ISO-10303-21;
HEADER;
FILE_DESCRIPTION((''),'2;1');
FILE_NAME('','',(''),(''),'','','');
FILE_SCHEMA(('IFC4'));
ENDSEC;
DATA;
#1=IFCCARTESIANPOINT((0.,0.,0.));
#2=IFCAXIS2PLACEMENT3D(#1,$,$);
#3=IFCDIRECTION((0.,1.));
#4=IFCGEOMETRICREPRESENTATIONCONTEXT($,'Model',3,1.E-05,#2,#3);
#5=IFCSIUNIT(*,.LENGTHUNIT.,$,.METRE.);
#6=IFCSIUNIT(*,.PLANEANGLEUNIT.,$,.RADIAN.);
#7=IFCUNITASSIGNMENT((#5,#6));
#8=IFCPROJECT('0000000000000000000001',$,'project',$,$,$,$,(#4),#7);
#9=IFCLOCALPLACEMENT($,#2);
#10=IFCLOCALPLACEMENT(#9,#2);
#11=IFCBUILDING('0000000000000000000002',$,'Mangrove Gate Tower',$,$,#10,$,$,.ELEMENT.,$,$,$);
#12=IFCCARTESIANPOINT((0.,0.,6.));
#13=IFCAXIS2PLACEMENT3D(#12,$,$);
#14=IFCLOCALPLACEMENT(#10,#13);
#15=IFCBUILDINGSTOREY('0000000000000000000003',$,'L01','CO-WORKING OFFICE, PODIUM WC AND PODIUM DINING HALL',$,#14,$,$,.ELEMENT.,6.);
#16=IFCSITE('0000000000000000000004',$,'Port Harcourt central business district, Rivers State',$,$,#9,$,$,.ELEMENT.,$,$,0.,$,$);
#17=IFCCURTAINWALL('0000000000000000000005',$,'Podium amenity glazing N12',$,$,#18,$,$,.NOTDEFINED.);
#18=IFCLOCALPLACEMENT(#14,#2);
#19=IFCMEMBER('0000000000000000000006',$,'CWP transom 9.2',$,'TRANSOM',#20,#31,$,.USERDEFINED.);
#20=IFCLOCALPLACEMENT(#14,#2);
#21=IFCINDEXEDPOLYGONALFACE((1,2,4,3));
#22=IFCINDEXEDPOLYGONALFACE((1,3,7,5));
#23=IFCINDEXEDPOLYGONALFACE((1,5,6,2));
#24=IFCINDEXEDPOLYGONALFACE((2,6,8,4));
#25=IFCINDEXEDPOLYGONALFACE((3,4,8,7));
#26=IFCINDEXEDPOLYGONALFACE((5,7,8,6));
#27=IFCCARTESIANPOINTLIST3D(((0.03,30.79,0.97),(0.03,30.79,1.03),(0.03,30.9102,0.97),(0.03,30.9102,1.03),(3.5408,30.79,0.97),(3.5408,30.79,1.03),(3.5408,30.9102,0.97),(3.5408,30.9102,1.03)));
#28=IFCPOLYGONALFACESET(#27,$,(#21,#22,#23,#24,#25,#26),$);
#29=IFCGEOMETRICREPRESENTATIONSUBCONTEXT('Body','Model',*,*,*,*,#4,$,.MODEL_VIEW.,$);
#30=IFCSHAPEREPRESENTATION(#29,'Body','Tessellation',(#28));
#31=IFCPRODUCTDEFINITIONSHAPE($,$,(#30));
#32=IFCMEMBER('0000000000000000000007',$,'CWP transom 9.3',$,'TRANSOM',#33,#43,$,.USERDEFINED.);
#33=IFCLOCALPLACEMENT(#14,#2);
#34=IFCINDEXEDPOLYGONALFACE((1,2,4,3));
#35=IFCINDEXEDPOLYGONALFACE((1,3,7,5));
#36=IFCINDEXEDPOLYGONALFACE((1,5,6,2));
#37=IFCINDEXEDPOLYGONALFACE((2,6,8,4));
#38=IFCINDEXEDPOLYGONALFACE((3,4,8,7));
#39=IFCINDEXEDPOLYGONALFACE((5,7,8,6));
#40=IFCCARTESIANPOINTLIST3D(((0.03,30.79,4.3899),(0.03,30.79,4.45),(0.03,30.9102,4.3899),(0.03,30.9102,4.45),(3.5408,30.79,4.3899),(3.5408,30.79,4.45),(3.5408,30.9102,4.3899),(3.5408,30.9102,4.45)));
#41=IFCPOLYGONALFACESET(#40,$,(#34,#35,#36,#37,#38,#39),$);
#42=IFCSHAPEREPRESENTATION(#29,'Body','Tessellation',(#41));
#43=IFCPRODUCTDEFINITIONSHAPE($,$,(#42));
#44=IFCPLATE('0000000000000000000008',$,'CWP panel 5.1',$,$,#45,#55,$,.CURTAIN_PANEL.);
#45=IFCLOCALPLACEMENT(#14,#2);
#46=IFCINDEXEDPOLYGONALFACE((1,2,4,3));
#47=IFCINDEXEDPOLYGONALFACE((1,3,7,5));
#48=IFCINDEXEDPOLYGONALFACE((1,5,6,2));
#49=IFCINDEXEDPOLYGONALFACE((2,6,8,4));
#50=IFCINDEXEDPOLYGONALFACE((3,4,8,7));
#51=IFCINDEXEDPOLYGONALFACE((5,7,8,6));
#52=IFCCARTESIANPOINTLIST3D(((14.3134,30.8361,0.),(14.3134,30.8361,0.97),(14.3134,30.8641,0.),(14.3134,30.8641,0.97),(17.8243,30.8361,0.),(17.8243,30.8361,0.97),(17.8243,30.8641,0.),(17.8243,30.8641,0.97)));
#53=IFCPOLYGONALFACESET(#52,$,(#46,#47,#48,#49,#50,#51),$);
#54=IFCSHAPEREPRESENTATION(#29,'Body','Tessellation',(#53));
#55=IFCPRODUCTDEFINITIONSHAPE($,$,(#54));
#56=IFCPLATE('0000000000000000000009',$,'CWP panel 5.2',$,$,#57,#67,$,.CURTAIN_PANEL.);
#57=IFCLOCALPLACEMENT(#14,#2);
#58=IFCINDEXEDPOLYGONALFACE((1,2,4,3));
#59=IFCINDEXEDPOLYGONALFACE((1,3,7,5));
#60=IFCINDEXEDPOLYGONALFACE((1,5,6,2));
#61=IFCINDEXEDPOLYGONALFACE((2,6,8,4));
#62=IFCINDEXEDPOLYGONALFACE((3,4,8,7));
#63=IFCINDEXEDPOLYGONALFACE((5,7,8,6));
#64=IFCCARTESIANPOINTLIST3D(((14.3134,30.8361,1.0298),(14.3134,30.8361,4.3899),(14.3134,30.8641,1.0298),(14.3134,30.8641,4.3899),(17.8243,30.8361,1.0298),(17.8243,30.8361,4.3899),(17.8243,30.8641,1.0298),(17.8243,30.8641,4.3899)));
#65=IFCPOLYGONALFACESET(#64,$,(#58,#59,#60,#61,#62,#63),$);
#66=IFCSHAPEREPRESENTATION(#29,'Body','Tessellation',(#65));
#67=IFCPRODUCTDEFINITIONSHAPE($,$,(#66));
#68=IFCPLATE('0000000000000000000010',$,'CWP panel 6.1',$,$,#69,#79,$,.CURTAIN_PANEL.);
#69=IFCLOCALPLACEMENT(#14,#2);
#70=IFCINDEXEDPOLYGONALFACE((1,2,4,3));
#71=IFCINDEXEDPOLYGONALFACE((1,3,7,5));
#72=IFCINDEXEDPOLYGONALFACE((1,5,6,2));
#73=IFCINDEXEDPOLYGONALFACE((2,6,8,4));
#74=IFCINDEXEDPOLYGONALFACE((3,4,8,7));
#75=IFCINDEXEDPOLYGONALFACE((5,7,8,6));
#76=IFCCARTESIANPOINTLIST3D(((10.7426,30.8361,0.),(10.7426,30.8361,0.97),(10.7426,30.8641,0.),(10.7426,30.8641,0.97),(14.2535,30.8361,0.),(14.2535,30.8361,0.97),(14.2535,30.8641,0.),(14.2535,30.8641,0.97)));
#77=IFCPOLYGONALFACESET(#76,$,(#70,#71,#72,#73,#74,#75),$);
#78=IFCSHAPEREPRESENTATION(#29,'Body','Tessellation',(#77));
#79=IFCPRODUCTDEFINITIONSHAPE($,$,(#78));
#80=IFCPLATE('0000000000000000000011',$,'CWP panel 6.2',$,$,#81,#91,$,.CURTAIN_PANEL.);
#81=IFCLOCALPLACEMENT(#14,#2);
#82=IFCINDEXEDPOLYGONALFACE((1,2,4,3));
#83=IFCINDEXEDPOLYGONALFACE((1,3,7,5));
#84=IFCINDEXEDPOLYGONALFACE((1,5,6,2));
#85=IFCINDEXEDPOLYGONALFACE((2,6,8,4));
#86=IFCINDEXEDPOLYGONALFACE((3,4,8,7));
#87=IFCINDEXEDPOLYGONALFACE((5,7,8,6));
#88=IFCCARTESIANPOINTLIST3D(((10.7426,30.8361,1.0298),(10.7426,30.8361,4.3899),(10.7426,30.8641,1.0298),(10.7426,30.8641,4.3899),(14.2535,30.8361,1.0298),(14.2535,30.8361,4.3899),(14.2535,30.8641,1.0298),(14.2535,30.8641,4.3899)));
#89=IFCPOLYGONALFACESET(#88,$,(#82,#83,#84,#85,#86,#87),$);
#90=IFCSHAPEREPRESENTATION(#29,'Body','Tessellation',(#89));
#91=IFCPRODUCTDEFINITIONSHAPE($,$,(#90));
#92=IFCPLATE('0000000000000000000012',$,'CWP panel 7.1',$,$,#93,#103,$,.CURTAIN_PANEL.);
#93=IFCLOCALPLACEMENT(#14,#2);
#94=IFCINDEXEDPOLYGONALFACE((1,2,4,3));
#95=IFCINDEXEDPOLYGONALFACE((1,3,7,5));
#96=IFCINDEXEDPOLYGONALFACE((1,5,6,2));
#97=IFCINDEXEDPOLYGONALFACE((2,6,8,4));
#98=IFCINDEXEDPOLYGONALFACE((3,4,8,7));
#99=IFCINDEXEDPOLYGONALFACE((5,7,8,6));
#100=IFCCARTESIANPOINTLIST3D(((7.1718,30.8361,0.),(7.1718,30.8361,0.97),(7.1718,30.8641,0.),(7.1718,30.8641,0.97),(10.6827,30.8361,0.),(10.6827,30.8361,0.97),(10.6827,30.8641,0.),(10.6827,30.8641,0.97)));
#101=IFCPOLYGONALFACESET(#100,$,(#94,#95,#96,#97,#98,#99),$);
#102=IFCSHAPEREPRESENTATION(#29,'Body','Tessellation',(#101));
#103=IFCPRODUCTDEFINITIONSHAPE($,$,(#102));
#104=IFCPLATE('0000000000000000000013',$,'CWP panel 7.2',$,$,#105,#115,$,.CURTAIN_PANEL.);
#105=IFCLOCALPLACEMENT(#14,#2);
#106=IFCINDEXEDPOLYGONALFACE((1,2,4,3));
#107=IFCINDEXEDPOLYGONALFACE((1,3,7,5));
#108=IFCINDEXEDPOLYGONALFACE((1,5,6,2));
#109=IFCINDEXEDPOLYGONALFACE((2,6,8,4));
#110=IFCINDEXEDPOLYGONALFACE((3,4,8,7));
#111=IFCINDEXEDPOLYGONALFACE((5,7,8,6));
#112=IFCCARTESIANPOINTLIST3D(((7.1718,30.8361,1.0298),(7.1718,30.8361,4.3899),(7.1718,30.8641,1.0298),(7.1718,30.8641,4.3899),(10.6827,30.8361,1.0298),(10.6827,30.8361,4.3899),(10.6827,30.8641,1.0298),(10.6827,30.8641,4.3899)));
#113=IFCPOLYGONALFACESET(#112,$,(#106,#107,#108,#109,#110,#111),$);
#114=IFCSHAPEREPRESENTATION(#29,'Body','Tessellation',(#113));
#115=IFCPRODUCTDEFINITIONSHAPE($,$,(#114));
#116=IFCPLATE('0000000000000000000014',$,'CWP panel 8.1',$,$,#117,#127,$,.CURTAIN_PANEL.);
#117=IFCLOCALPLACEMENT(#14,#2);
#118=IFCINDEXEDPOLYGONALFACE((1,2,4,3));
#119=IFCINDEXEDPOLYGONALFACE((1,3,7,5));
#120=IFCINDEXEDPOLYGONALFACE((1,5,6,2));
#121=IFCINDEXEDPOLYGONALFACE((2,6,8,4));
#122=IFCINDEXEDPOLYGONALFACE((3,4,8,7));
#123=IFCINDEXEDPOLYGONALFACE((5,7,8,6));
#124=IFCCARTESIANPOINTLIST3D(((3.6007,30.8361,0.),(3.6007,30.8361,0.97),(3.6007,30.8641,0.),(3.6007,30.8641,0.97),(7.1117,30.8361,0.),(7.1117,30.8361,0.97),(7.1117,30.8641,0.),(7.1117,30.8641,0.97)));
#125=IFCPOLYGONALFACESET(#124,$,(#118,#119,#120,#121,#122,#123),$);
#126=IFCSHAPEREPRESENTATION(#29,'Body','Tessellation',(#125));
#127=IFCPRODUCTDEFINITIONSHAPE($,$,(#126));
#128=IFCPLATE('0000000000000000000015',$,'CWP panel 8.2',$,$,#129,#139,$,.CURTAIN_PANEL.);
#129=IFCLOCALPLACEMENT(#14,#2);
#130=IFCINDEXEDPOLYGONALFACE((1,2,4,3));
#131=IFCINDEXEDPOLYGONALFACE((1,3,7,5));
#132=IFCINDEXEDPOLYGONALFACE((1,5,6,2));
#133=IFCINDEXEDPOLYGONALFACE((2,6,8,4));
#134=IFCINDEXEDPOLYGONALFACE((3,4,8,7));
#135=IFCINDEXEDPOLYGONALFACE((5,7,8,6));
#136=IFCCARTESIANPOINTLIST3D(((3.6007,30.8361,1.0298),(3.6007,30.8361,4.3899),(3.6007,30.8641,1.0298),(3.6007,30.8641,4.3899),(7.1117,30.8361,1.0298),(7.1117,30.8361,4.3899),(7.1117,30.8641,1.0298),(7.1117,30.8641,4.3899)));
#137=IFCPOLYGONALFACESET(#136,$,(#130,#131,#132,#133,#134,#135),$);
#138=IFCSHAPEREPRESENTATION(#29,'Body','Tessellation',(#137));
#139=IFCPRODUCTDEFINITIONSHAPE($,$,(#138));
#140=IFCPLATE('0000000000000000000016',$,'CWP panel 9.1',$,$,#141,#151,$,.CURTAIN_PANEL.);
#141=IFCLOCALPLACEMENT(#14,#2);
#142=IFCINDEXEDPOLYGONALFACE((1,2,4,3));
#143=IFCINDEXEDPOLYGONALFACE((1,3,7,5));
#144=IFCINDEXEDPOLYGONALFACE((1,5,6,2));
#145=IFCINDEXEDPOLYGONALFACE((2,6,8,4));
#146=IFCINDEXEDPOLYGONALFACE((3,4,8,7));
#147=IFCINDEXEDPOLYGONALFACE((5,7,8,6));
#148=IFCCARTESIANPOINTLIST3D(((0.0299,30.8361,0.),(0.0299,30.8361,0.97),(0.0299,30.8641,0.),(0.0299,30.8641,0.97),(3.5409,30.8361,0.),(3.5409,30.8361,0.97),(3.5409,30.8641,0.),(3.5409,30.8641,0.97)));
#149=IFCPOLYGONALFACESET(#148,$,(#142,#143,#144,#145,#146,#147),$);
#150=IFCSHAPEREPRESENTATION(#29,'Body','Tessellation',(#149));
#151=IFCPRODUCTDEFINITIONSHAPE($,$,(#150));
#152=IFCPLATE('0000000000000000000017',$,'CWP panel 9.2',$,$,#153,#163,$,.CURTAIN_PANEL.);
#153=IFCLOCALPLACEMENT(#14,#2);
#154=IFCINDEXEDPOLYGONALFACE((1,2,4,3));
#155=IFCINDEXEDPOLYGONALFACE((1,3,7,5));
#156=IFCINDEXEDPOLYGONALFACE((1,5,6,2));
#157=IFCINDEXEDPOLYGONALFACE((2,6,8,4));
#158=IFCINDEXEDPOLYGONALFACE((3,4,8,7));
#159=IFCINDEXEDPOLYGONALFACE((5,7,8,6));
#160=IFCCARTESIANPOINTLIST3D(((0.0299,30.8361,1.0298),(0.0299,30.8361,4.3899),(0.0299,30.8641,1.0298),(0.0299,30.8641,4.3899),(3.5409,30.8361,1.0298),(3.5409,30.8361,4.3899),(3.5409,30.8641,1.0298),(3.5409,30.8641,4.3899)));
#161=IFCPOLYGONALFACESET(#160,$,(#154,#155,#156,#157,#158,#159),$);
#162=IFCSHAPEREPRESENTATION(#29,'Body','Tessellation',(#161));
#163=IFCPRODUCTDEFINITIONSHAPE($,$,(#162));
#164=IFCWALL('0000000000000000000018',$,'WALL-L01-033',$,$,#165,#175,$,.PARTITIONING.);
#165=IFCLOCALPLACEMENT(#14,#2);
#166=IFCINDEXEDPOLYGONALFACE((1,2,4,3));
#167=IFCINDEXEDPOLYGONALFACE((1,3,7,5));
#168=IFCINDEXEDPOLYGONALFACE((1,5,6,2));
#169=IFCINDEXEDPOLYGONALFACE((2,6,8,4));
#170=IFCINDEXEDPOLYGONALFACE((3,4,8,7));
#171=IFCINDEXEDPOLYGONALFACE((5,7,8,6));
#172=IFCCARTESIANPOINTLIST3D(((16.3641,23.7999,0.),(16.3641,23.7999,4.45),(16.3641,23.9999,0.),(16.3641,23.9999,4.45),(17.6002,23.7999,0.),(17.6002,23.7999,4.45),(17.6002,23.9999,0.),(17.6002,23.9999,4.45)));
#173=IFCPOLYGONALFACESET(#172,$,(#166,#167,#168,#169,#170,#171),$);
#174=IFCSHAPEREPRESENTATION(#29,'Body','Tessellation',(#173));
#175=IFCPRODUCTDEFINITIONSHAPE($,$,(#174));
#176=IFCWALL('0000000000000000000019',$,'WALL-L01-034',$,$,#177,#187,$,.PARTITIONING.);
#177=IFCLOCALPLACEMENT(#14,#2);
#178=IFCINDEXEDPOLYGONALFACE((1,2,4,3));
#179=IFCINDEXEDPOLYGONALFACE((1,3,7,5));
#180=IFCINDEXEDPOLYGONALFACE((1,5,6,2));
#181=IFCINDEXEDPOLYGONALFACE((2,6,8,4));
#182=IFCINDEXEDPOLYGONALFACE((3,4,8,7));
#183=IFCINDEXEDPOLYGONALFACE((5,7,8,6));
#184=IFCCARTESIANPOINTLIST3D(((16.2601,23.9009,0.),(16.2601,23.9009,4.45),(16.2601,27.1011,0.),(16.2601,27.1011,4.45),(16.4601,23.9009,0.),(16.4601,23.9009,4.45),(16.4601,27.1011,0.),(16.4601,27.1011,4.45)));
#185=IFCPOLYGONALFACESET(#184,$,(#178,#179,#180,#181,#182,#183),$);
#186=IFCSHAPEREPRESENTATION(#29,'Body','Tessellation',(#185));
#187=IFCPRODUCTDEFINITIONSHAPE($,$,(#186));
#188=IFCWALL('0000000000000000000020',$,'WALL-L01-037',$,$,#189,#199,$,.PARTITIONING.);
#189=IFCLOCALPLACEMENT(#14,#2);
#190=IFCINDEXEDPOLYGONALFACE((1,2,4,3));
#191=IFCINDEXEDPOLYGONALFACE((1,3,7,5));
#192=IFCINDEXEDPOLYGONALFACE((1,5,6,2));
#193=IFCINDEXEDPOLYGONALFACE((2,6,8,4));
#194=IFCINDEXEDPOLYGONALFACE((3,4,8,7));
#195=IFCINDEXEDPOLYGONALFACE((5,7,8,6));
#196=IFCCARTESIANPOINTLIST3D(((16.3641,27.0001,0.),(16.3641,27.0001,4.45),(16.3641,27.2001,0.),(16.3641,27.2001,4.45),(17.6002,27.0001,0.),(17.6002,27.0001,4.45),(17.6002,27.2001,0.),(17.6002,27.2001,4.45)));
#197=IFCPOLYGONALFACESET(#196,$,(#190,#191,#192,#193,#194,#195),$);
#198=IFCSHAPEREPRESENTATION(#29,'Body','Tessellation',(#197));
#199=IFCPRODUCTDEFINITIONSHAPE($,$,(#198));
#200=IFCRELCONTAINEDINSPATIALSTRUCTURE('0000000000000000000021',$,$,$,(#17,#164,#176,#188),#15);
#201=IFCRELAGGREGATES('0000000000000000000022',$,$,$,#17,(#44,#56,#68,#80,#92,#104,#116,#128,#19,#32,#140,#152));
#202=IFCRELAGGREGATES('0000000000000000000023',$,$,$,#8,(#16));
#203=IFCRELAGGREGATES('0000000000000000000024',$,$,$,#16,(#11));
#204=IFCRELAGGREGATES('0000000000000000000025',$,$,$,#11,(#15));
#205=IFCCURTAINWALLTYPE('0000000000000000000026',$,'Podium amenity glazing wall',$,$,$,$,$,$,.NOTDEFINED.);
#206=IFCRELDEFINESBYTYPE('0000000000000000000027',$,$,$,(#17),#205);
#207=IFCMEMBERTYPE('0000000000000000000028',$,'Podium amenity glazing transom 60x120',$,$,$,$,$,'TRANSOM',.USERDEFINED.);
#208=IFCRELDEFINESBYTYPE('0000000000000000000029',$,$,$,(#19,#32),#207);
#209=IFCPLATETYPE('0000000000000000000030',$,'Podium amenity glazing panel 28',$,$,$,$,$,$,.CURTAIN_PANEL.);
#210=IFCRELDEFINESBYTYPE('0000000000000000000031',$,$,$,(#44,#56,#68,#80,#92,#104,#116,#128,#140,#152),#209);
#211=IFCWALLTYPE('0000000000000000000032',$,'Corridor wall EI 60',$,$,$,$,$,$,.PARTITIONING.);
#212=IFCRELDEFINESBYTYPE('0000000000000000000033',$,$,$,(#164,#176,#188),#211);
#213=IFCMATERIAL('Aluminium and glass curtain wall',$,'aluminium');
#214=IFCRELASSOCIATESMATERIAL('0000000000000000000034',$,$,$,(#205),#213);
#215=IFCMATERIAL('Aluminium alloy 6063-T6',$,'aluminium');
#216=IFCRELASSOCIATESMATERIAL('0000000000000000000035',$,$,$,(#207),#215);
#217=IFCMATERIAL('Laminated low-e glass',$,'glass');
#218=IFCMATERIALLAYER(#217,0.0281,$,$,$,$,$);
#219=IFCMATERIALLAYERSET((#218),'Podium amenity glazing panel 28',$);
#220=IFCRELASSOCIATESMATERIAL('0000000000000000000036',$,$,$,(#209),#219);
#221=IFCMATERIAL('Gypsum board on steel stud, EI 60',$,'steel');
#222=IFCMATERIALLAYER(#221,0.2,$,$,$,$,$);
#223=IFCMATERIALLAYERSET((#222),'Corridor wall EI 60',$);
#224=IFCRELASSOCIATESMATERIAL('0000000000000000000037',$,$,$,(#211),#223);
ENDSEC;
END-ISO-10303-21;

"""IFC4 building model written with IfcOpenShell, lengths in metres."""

from ifc_helpers import new_model, si_unit, direction, frame, frame_2d, origin, origin_2d, place, context, subcontext, project, spatial, rectangle, extrude, material, layer, layer_set, material_profile, profile_set, type_object, element, aggregate, save


model = new_model("IFC4")

# Units and contexts
model_context = context("Model", 3, precision=1e-05, world=origin(), true_north=direction((0.0, 1.0)))
body_context = subcontext(model_context, "Body", "Model", "MODEL_VIEW")
ifc_project = project(units=[si_unit("LENGTHUNIT", "METRE"), si_unit("PLANEANGLEUNIT", "RADIAN")], contexts=[model_context])

# Site, building, storey
site_placement = place(None, origin())
site = spatial("IfcSite", under=ifc_project, at=site_placement, Name="Port Harcourt central business district, Rivers State", CompositionType="ELEMENT", RefElevation=0.0)
building_placement = place(site_placement, origin())
building = spatial("IfcBuilding", under=site, at=building_placement, Name="Mangrove Gate Tower", CompositionType="ELEMENT")
storey_placement = place(building_placement, frame((0.0, 0.0, 6.0)))
storey = spatial("IfcBuildingStorey", under=building, at=storey_placement, Name="L01", Description="CO-WORKING OFFICE, PODIUM WC AND PODIUM DINING HALL", CompositionType="ELEMENT", Elevation=6.0)

# Curtain wall, members, plates
ifc_material_1 = material(Name="Aluminium and glass curtain wall", Category="aluminium")
curtain_wall_type = type_object("IfcCurtainWallType", Name="Podium amenity glazing wall", PredefinedType="NOTDEFINED", material=ifc_material_1)
curtain_wall_placement = place(storey_placement, origin())
curtain_wall = element("IfcCurtainWall", 1, at=curtain_wall_placement, inside=storey, type_object=curtain_wall_type, Name="Podium amenity glazing N12", PredefinedType="NOTDEFINED")
ifc_material_2 = material(Name="Aluminium alloy 6063-T6", Category="aluminium")
ifc_material_profile_1 = material_profile(ifc_material_2, rectangle(XDim=0.0601, YDim=0.1201, at=origin_2d()))
ifc_profile_set_1 = profile_set([ifc_material_profile_1], Name="Aluminium alloy 6063-T6")
member_type_1 = type_object("IfcMemberType", Name="Podium amenity glazing transom 60x120", ElementType="TRANSOM", PredefinedType="USERDEFINED", material=ifc_profile_set_1)
member_1_placement = place(storey_placement, frame((3.5408, 30.8501, 1.0), z_axis=(-1.0, 0.0, 0.0), x_axis=(0.0, 0.0, 1.0)))
member_1 = element("IfcMember", 2, at=member_1_placement, type_object=member_type_1, Name="CWP transom 9.2", ObjectType="TRANSOM", PredefinedType="USERDEFINED", context=body_context, shape_type="SweptSolid", body=[
    extrude(rectangle(XDim=0.0601, YDim=0.1201, at=origin_2d()), origin(), (0.0, 0.0, 1.0), 3.5107),
])
member_2_placement = place(storey_placement, frame((3.5408, 30.8501, 4.4199), z_axis=(-1.0, 0.0, 0.0), x_axis=(0.0, 0.0, 1.0)))
member_2 = element("IfcMember", 3, at=member_2_placement, type_object=member_type_1, Name="CWP transom 9.3", ObjectType="TRANSOM", PredefinedType="USERDEFINED", context=body_context, shape_type="SweptSolid", body=[
    extrude(rectangle(XDim=0.0601, YDim=0.1201, at=origin_2d()), origin(), (0.0, 0.0, 1.0), 3.5107),
])
ifc_material_3 = material(Name="Laminated low-e glass", Category="glass")
ifc_layer_1 = layer(ifc_material_3, 0.0281)
ifc_layer_set_1 = layer_set([ifc_layer_1], Name="Podium amenity glazing panel 28")
plate_type = type_object("IfcPlateType", Name="Podium amenity glazing panel 28", PredefinedType="CURTAIN_PANEL", material=ifc_layer_set_1)
plate_1_placement = place(storey_placement, frame((16.0688, 30.8501, 0.0), z_axis=(0.0, 0.0, 1.0), x_axis=(-1.0, 0.0, 0.0)))
plate_1 = element("IfcPlate", 4, at=plate_1_placement, type_object=plate_type, Name="CWP panel 5.1", PredefinedType="CURTAIN_PANEL", context=body_context, shape_type="SweptSolid", body=[
    extrude(rectangle(XDim=3.511, YDim=0.0281, at=origin_2d()), origin(), (0.0, 0.0, 1.0), 0.97),
])
plate_2_placement = place(storey_placement, frame((16.0688, 30.8501, 1.0298), z_axis=(0.0, 0.0, 1.0), x_axis=(-1.0, 0.0, 0.0)))
plate_2 = element("IfcPlate", 5, at=plate_2_placement, type_object=plate_type, Name="CWP panel 5.2", PredefinedType="CURTAIN_PANEL", context=body_context, shape_type="SweptSolid", body=[
    extrude(rectangle(XDim=3.511, YDim=0.0281, at=origin_2d()), origin(), (0.0, 0.0, 1.0), 3.3601),
])
plate_3_placement = place(storey_placement, frame((12.498, 30.8501, 0.0), z_axis=(0.0, 0.0, 1.0), x_axis=(-1.0, 0.0, 0.0)))
plate_3 = element("IfcPlate", 6, at=plate_3_placement, type_object=plate_type, Name="CWP panel 6.1", PredefinedType="CURTAIN_PANEL", context=body_context, shape_type="SweptSolid", body=[
    extrude(rectangle(XDim=3.511, YDim=0.0281, at=origin_2d()), origin(), (0.0, 0.0, 1.0), 0.97),
])
plate_4_placement = place(storey_placement, frame((12.498, 30.8501, 1.0298), z_axis=(0.0, 0.0, 1.0), x_axis=(-1.0, 0.0, 0.0)))
plate_4 = element("IfcPlate", 7, at=plate_4_placement, type_object=plate_type, Name="CWP panel 6.2", PredefinedType="CURTAIN_PANEL", context=body_context, shape_type="SweptSolid", body=[
    extrude(rectangle(XDim=3.511, YDim=0.0281, at=origin_2d()), origin(), (0.0, 0.0, 1.0), 3.3601),
])
plate_5_placement = place(storey_placement, frame((8.9272, 30.8501, 0.0), z_axis=(0.0, 0.0, 1.0), x_axis=(-1.0, 0.0, 0.0)))
plate_5 = element("IfcPlate", 8, at=plate_5_placement, type_object=plate_type, Name="CWP panel 7.1", PredefinedType="CURTAIN_PANEL", context=body_context, shape_type="SweptSolid", body=[
    extrude(rectangle(XDim=3.511, YDim=0.0281, at=origin_2d()), origin(), (0.0, 0.0, 1.0), 0.97),
])
plate_6_placement = place(storey_placement, frame((8.9272, 30.8501, 1.0298), z_axis=(0.0, 0.0, 1.0), x_axis=(-1.0, 0.0, 0.0)))
plate_6 = element("IfcPlate", 9, at=plate_6_placement, type_object=plate_type, Name="CWP panel 7.2", PredefinedType="CURTAIN_PANEL", context=body_context, shape_type="SweptSolid", body=[
    extrude(rectangle(XDim=3.511, YDim=0.0281, at=origin_2d()), origin(), (0.0, 0.0, 1.0), 3.3601),
])
plate_7_placement = place(storey_placement, frame((5.3562, 30.8501, 0.0), z_axis=(0.0, 0.0, 1.0), x_axis=(-1.0, 0.0, 0.0)))
plate_7 = element("IfcPlate", 10, at=plate_7_placement, type_object=plate_type, Name="CWP panel 8.1", PredefinedType="CURTAIN_PANEL", context=body_context, shape_type="SweptSolid", body=[
    extrude(rectangle(XDim=3.511, YDim=0.0281, at=origin_2d()), origin(), (0.0, 0.0, 1.0), 0.97),
])
plate_8_placement = place(storey_placement, frame((5.3562, 30.8501, 1.0298), z_axis=(0.0, 0.0, 1.0), x_axis=(-1.0, 0.0, 0.0)))
plate_8 = element("IfcPlate", 11, at=plate_8_placement, type_object=plate_type, Name="CWP panel 8.2", PredefinedType="CURTAIN_PANEL", context=body_context, shape_type="SweptSolid", body=[
    extrude(rectangle(XDim=3.511, YDim=0.0281, at=origin_2d()), origin(), (0.0, 0.0, 1.0), 3.3601),
])
plate_9_placement = place(storey_placement, frame((1.7854, 30.8501, 0.0), z_axis=(0.0, 0.0, 1.0), x_axis=(-1.0, 0.0, 0.0)))
plate_9 = element("IfcPlate", 12, at=plate_9_placement, type_object=plate_type, Name="CWP panel 9.1", PredefinedType="CURTAIN_PANEL", context=body_context, shape_type="SweptSolid", body=[
    extrude(rectangle(XDim=3.511, YDim=0.0281, at=origin_2d()), origin(), (0.0, 0.0, 1.0), 0.97),
])
plate_10_placement = place(storey_placement, frame((1.7854, 30.8501, 1.0298), z_axis=(0.0, 0.0, 1.0), x_axis=(-1.0, 0.0, 0.0)))
plate_10 = element("IfcPlate", 13, at=plate_10_placement, type_object=plate_type, Name="CWP panel 9.2", PredefinedType="CURTAIN_PANEL", context=body_context, shape_type="SweptSolid", body=[
    extrude(rectangle(XDim=3.511, YDim=0.0281, at=origin_2d()), origin(), (0.0, 0.0, 1.0), 3.3601),
])
aggregate(curtain_wall, [plate_1, plate_2, plate_3, plate_4, plate_5, plate_6, plate_7, plate_8, member_1, member_2, plate_9, plate_10])

# Walls
ifc_material_4 = material(Name="Gypsum board on steel stud, EI 60", Category="steel")
ifc_layer_2 = layer(ifc_material_4, 0.2)
ifc_layer_set_2 = layer_set([ifc_layer_2], Name="Corridor wall EI 60")
wall_type_1 = type_object("IfcWallType", Name="Corridor wall EI 60", PredefinedType="PARTITIONING", material=ifc_layer_set_2)
wall_1_placement = place(storey_placement, frame((16.364, 23.8999, 0.0), z_axis=(0.0, 0.0, 1.0), x_axis=(1.0, 0.0, 0.0)))
element("IfcWall", 14, at=wall_1_placement, inside=storey, type_object=wall_type_1, Name="WALL-L01-033", PredefinedType="PARTITIONING", context=body_context, shape_type="SweptSolid", body=[
    extrude(rectangle(XDim=1.2361, YDim=0.2, at=frame_2d((0.6182, 0.0))), origin(), (0.0, 0.0, 1.0), 4.45),
])
wall_2_placement = place(storey_placement, frame((16.3601, 23.9009, 0.0), z_axis=(0.0, 0.0, 1.0), x_axis=(0.0, 1.0, 0.0)))
element("IfcWall", 15, at=wall_2_placement, inside=storey, type_object=wall_type_1, Name="WALL-L01-034", PredefinedType="PARTITIONING", context=body_context, shape_type="SweptSolid", body=[
    extrude(rectangle(XDim=3.2002, YDim=0.2, at=frame_2d((1.6001, 0.0))), origin(), (0.0, 0.0, 1.0), 4.45),
])
wall_3_placement = place(storey_placement, frame((16.364, 27.1001, 0.0), z_axis=(0.0, 0.0, 1.0), x_axis=(1.0, 0.0, 0.0)))
element("IfcWall", 16, at=wall_3_placement, inside=storey, type_object=wall_type_1, Name="WALL-L01-037", PredefinedType="PARTITIONING", context=body_context, shape_type="SweptSolid", body=[
    extrude(rectangle(XDim=1.2361, YDim=0.2, at=frame_2d((0.6182, 0.0))), origin(), (0.0, 0.0, 1.0), 4.45),
])

save(model, "model.ifc")
